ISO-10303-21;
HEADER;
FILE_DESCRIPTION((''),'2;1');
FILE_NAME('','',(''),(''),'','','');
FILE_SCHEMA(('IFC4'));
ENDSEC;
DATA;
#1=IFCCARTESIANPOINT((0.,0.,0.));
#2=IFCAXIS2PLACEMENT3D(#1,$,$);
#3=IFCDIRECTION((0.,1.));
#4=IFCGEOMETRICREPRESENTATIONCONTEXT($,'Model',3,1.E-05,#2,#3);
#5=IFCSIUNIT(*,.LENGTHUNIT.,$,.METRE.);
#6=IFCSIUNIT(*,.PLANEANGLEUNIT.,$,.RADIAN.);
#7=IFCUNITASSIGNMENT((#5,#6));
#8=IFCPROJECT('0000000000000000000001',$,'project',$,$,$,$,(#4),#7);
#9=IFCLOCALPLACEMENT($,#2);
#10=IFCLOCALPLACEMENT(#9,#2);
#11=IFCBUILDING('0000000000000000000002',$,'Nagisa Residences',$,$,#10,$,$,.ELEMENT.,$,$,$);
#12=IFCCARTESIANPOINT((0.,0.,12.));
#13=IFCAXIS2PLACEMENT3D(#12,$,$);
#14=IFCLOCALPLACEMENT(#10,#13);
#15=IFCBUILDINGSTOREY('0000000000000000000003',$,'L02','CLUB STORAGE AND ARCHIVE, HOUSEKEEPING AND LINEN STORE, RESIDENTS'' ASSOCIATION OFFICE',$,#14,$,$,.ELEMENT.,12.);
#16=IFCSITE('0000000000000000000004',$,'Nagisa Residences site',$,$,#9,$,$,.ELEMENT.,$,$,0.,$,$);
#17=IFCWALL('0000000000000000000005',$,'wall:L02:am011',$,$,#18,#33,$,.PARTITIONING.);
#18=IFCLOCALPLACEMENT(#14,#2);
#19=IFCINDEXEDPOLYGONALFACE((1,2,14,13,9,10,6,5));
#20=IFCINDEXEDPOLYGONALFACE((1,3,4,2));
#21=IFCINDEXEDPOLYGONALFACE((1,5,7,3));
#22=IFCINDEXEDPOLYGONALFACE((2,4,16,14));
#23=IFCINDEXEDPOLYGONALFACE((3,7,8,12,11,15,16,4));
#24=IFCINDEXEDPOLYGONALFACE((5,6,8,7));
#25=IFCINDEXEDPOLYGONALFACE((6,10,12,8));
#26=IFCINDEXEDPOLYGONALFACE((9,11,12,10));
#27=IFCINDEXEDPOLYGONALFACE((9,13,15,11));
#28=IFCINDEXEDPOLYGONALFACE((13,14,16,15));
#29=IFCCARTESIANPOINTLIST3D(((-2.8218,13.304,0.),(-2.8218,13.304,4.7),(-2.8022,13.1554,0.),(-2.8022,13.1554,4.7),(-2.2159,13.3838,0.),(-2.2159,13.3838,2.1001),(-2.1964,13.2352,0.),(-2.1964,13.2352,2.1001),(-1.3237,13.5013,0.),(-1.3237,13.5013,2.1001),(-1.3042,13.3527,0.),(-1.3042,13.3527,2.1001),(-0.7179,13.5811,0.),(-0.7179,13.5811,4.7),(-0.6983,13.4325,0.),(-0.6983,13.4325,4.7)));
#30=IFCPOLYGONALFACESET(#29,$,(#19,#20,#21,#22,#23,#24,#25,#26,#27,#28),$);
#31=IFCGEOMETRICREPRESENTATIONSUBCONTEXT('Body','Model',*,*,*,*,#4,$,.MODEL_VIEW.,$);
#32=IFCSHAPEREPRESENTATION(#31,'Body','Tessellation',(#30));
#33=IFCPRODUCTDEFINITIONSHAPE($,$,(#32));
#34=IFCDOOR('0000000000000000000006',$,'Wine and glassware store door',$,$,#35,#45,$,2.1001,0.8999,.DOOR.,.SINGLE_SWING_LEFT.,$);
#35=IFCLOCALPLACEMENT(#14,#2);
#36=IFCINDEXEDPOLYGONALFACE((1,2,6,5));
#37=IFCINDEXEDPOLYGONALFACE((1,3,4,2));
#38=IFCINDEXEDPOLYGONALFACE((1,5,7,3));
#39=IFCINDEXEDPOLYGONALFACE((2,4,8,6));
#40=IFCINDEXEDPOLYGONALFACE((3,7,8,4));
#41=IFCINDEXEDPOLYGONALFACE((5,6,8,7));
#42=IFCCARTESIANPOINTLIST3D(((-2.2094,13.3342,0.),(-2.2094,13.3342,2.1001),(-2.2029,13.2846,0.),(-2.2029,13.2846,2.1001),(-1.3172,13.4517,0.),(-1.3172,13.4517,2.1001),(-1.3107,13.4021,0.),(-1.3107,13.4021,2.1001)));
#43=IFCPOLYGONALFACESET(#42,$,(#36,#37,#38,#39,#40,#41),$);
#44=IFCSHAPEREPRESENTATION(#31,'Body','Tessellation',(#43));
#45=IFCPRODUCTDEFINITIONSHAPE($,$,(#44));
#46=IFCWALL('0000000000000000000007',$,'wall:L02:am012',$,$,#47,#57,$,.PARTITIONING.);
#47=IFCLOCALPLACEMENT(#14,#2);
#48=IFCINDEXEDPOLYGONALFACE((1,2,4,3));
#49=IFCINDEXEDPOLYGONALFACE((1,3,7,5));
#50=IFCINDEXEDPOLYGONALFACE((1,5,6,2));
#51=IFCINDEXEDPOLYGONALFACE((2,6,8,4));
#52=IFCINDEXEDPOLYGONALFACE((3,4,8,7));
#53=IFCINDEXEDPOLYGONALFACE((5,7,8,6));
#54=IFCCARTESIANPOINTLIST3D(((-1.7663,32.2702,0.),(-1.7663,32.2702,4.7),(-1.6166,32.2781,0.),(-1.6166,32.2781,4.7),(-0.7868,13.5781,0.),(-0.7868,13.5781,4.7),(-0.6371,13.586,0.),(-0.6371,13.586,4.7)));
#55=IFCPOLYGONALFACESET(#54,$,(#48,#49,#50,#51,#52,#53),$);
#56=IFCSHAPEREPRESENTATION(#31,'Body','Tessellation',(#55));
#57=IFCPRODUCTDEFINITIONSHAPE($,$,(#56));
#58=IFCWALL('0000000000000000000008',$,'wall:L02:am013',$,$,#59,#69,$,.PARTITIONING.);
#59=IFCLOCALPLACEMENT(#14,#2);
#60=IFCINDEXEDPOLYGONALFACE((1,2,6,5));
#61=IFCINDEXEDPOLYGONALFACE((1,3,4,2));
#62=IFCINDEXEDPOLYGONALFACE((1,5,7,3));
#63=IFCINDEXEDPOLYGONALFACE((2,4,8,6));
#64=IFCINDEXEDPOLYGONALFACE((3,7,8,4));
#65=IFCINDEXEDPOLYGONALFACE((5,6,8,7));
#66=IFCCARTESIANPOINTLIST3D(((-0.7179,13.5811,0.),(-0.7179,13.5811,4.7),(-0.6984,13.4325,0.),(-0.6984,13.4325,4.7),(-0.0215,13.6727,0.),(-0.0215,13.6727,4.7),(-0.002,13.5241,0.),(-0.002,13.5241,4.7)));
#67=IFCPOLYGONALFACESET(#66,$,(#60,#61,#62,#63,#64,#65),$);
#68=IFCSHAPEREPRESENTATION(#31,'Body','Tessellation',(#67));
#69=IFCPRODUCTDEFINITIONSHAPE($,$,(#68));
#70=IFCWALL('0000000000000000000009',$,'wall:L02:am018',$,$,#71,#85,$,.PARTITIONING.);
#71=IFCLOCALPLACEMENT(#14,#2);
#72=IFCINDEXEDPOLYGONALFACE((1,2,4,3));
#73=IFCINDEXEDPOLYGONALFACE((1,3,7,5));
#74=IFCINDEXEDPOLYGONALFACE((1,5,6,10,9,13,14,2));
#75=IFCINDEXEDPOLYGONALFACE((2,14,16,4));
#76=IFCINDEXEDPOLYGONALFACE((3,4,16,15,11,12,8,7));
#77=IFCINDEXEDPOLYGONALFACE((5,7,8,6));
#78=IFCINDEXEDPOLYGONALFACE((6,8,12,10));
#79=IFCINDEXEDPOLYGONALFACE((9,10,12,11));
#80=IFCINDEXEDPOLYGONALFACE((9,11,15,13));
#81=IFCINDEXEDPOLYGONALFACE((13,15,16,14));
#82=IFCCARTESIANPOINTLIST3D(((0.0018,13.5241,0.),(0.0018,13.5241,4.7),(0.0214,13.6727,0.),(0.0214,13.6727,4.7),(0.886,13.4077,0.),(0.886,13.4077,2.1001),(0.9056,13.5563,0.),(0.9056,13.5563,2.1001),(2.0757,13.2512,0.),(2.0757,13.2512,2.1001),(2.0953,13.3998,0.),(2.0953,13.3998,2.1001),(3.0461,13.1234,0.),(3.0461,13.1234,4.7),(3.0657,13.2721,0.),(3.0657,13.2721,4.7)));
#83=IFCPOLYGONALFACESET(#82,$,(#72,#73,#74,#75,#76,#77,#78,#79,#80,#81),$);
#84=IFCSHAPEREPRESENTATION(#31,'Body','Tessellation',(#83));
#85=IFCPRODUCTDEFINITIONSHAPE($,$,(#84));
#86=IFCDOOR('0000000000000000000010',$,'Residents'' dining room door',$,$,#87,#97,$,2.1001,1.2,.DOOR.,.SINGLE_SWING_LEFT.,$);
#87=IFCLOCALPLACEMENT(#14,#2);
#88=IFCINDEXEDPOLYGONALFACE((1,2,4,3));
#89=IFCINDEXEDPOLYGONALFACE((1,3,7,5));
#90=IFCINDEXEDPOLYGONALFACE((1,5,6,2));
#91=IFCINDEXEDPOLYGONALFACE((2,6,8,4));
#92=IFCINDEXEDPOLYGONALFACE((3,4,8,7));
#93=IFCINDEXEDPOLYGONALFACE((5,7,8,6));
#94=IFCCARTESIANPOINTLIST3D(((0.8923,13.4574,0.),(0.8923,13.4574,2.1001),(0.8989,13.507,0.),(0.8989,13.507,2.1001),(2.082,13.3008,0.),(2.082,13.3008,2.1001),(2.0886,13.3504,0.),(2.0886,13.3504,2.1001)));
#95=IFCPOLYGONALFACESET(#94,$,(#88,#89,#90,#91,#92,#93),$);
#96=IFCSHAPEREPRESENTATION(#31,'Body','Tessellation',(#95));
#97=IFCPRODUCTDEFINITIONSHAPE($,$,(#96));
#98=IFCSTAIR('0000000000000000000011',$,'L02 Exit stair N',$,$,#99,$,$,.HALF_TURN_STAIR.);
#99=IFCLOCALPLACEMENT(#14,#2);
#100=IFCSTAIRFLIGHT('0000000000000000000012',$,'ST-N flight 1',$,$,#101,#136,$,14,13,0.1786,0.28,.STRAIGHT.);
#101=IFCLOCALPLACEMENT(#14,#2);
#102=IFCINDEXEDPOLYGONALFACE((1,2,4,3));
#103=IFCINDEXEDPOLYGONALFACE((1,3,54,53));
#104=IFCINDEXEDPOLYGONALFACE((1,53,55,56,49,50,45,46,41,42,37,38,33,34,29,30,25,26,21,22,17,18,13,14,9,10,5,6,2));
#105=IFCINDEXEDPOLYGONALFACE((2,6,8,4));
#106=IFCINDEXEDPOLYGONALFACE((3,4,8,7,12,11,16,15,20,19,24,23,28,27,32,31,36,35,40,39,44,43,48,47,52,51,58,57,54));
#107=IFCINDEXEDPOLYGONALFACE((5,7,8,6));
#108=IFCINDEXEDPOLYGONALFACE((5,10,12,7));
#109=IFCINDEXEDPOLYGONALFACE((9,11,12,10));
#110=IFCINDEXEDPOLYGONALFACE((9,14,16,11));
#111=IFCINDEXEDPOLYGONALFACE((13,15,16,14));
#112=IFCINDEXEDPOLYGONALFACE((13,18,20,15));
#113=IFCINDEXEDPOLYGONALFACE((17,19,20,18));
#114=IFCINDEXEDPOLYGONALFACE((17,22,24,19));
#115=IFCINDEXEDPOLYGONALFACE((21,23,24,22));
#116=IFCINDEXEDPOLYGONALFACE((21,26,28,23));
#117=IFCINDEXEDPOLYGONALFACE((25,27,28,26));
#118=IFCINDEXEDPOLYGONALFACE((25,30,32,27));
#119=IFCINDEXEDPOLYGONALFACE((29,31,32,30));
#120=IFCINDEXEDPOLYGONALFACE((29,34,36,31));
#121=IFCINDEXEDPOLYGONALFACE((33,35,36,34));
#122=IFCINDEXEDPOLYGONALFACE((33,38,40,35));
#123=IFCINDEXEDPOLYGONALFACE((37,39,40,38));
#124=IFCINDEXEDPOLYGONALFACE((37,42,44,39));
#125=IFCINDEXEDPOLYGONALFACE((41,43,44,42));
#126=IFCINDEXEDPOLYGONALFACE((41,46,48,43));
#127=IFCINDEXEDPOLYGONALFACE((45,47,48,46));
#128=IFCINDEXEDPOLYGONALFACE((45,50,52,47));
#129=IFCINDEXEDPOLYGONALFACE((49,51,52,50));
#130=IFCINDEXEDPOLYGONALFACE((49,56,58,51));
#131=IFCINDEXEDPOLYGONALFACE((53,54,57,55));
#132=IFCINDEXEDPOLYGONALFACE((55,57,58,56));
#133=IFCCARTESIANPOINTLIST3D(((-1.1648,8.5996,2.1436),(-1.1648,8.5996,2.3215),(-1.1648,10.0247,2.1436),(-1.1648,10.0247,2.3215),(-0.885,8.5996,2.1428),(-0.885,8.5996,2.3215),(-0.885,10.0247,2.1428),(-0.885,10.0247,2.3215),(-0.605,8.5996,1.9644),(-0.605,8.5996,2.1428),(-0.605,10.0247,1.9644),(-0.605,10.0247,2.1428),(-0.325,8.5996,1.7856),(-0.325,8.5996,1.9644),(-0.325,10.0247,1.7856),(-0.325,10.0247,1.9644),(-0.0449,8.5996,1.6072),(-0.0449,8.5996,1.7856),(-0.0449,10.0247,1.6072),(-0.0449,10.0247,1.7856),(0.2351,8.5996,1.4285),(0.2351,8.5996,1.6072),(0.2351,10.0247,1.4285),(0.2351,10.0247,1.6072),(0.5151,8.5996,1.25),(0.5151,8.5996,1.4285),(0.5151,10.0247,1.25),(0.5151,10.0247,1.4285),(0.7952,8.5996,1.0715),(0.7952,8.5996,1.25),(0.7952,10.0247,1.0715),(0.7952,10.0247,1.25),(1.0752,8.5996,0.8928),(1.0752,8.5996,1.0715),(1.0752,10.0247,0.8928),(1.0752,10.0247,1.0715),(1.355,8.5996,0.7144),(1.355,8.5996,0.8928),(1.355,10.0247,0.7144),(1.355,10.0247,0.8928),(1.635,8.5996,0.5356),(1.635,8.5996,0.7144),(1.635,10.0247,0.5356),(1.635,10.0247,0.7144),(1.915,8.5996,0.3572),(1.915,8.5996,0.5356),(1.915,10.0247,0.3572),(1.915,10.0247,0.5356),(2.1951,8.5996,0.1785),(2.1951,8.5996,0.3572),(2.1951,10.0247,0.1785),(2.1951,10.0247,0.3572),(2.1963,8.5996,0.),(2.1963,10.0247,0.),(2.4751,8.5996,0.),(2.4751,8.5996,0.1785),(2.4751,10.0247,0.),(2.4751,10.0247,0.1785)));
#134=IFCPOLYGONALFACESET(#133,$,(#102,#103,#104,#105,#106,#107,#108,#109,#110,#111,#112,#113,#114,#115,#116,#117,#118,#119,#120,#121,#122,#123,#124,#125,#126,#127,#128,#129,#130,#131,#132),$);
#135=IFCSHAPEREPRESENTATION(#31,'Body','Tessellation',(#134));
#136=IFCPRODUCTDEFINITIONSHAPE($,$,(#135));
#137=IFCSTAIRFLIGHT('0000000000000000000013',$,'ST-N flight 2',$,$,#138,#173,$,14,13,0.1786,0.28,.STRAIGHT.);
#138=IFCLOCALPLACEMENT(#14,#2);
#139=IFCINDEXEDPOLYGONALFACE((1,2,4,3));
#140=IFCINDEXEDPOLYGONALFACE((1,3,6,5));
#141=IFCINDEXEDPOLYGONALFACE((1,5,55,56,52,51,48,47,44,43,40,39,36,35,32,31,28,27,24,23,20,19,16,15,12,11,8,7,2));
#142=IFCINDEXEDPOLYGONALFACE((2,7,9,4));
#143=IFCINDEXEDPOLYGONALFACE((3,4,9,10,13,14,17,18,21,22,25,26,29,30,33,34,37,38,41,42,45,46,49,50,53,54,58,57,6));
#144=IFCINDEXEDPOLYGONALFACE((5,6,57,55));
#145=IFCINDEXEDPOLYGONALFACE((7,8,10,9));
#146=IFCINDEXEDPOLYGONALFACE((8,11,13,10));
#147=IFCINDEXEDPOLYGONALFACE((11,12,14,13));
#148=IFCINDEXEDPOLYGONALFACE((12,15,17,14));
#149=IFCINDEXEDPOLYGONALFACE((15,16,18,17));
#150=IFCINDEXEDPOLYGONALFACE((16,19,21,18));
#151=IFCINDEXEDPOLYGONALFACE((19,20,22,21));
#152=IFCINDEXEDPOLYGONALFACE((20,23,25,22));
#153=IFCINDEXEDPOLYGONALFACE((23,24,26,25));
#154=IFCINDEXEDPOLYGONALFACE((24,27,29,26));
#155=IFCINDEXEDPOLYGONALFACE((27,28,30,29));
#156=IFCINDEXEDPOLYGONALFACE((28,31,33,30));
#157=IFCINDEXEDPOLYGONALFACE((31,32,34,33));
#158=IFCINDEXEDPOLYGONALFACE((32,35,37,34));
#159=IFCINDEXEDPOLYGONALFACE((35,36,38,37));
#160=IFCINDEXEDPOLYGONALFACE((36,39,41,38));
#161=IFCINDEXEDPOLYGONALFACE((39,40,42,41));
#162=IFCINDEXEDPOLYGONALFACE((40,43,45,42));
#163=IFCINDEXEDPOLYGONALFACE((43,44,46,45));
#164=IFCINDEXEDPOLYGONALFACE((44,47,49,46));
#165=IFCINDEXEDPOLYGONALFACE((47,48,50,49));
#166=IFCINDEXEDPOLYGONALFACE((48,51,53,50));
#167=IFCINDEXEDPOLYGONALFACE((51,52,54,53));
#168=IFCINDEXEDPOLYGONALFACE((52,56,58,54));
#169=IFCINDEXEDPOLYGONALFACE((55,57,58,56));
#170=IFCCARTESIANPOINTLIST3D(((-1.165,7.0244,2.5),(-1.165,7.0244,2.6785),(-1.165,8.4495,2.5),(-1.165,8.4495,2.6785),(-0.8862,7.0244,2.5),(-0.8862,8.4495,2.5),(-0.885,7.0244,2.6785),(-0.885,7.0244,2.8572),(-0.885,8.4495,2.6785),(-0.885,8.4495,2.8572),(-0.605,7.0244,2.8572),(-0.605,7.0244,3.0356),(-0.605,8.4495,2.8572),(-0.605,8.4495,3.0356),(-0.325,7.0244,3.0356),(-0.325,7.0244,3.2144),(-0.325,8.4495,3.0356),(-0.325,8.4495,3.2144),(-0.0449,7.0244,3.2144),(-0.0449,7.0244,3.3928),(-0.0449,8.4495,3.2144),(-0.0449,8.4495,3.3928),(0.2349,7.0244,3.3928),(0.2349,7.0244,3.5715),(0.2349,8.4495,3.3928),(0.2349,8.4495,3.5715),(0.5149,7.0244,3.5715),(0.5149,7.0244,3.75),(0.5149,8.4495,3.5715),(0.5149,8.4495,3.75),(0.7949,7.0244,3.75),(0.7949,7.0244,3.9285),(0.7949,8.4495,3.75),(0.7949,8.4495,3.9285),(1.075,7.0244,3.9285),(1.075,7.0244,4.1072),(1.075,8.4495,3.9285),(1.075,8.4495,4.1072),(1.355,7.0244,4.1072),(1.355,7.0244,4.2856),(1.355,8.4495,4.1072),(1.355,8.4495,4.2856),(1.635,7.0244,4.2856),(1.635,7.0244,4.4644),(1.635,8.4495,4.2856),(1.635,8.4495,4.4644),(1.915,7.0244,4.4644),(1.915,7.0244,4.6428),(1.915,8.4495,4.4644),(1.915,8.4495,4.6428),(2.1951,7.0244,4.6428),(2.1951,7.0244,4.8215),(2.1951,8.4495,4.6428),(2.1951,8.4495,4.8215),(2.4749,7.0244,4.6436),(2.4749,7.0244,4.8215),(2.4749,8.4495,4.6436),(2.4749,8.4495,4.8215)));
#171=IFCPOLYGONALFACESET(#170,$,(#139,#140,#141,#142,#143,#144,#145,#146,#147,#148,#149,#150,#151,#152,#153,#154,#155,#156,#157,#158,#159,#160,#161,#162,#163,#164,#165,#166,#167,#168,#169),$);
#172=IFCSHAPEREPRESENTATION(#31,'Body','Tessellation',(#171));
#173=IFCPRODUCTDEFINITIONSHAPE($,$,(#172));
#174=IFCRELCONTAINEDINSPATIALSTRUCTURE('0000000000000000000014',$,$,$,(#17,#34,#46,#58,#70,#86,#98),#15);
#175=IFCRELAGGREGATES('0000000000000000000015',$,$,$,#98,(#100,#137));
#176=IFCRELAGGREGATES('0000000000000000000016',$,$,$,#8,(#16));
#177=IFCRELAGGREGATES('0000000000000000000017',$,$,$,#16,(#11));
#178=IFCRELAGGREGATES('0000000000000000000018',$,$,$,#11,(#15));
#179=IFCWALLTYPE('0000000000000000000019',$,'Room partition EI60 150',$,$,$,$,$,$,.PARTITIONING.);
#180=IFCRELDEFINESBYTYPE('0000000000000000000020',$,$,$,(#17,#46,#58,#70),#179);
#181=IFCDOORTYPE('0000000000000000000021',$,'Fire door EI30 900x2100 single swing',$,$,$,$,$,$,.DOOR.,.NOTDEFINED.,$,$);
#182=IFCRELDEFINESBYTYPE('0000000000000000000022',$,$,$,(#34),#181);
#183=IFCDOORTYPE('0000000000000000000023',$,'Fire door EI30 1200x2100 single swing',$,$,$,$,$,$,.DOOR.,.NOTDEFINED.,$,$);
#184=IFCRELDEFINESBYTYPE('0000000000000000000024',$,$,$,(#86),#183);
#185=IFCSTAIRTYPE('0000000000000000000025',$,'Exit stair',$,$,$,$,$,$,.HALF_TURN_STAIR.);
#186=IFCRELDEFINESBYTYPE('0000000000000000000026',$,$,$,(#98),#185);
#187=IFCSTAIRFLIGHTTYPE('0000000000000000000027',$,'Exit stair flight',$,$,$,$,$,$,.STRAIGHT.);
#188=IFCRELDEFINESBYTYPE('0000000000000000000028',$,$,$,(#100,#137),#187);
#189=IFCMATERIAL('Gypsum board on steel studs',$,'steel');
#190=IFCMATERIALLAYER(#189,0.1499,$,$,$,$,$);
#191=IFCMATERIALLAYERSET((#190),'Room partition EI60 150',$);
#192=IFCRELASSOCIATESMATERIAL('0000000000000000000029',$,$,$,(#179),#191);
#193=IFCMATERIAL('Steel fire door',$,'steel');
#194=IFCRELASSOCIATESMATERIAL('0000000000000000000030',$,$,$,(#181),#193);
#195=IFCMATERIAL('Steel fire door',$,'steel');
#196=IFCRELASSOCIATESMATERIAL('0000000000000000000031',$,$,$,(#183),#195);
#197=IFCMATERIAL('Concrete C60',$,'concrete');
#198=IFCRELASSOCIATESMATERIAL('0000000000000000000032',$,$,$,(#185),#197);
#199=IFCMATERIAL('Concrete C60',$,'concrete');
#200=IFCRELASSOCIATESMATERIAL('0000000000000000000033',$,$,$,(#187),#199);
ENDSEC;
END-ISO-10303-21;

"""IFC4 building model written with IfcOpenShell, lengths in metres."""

from ifc_helpers import new_model, si_unit, direction, frame, frame_2d, origin, place, context, subcontext, project, spatial, polyline, rectangle, outline, extrude, material, layer, layer_set, type_object, element, fill, aggregate, save


model = new_model("IFC4")

# Units and contexts
model_context = context("Model", 3, precision=1e-05, world=origin(), true_north=direction((0.0, 1.0)))
body_context = subcontext(model_context, "Body", "Model", "MODEL_VIEW")
ifc_project = project(units=[si_unit("LENGTHUNIT", "METRE"), si_unit("PLANEANGLEUNIT", "RADIAN")], contexts=[model_context])

# Site, building, storey
site_placement = place(None, origin())
site = spatial("IfcSite", under=ifc_project, at=site_placement, Name="Nagisa Residences site", CompositionType="ELEMENT", RefElevation=0.0)
building_placement = place(site_placement, origin())
building = spatial("IfcBuilding", under=site, at=building_placement, Name="Nagisa Residences", CompositionType="ELEMENT")
storey_placement = place(building_placement, frame((0.0, 0.0, 12.0)))
storey = spatial("IfcBuildingStorey", under=building, at=storey_placement, Name="L02", Description="CLUB STORAGE AND ARCHIVE, HOUSEKEEPING AND LINEN STORE, RESIDENTS' ASSOCIATION OFFICE", CompositionType="ELEMENT", Elevation=12.0)

# Shared definitions
ifc_material_1 = material(Name="Gypsum board on steel studs", Category="steel")
ifc_layer_1 = layer(ifc_material_1, 0.1499)
ifc_layer_set_1 = layer_set([ifc_layer_1], Name="Room partition EI60 150")
wall_type_1 = type_object("IfcWallType", Name="Room partition EI60 150", PredefinedType="PARTITIONING", material=ifc_layer_set_1)

# Wall, opening, door
wall_1_placement = place(storey_placement, frame((-2.812, 13.2297, 0.0), z_axis=(0.0, 0.0, 1.0), x_axis=(0.991439, 0.130574, 0.0)))
wall_1 = element("IfcWall", 1, at=wall_1_placement, inside=storey, type_object=wall_type_1, Name="wall:L02:am011", PredefinedType="PARTITIONING", context=body_context, shape_type="SweptSolid", body=[
    extrude(rectangle(XDim=2.1221, YDim=0.1499, at=frame_2d((1.061, 0.0))), origin(), (0.0, 0.0, 1.0), 4.7),
])
opening_1_placement = place(wall_1_placement, frame((0.6111, 0.0, 0.0)))
opening_1 = element("IfcOpeningElement", 2, at=opening_1_placement, cuts=wall_1, PredefinedType="OPENING", context=body_context, shape_type="SweptSolid", body=[
    extrude(rectangle(XDim=0.8999, YDim=2.1001, at=frame_2d((0.45, 1.05))), frame((0.0, 0.085, 0.0), z_axis=(0.0, -1.0, 0.0), x_axis=(1.0, 0.0, 0.0)), (0.0, 0.0, 1.0), 0.1699),
])
ifc_material_2 = material(Name="Steel fire door", Category="steel")
door_type_1 = type_object("IfcDoorType", Name="Fire door EI30 900x2100 single swing", OperationType="NOTDEFINED", PredefinedType="DOOR", material=ifc_material_2)
door_1_placement = place(opening_1_placement, origin())
door_1 = element("IfcDoor", 3, at=door_1_placement, inside=storey, type_object=door_type_1, Name="Wine and glassware store door", OperationType="SINGLE_SWING_LEFT", OverallHeight=2.1001, OverallWidth=0.8999, PredefinedType="DOOR", context=body_context, shape_type="SweptSolid", body=[
    extrude(rectangle(XDim=0.8999, YDim=2.1001, at=frame_2d((0.45, 1.05))), frame((0.0, 0.0249, 0.0), z_axis=(0.0, -1.0, 0.0), x_axis=(1.0, 0.0, 0.0)), (0.0, 0.0, 1.0), 0.05),
])
fill(opening_1, door_1)

# Walls
wall_2_placement = place(storey_placement, frame((-0.7119, 13.582, 0.0), z_axis=(0.0, 0.0, 1.0), x_axis=(-0.052329, 0.99863, 0.0)))
element("IfcWall", 4, at=wall_2_placement, inside=storey, type_object=wall_type_1, Name="wall:L02:am012", PredefinedType="PARTITIONING", context=body_context, shape_type="SweptSolid", body=[
    extrude(rectangle(XDim=18.7178, YDim=0.1499, at=frame_2d((9.3589, 0.0))), origin(), (0.0, 0.0, 1.0), 4.7),
])
wall_3_placement = place(storey_placement, frame((-0.708, 13.5068, 0.0), z_axis=(0.0, 0.0, 1.0), x_axis=(0.991466, 0.130365, 0.0)))
element("IfcWall", 5, at=wall_3_placement, inside=storey, type_object=wall_type_1, Name="wall:L02:am013", PredefinedType="PARTITIONING", context=body_context, shape_type="SweptSolid", body=[
    extrude(rectangle(XDim=0.7024, YDim=0.1499, at=frame_2d((0.3511, 0.0))), origin(), (0.0, 0.0, 1.0), 4.7),
])

# Wall, opening, door
wall_4_placement = place(storey_placement, frame((0.0117, 13.5984, 0.0), z_axis=(0.0, 0.0, 1.0), x_axis=(0.991451, -0.130481, 0.0)))
wall_4 = element("IfcWall", 6, at=wall_4_placement, inside=storey, type_object=wall_type_1, Name="wall:L02:am018", PredefinedType="PARTITIONING", context=body_context, shape_type="SweptSolid", body=[
    extrude(rectangle(XDim=3.0706, YDim=0.1499, at=frame_2d((1.5352, 0.0))), origin(), (0.0, 0.0, 1.0), 4.7),
])
opening_2_placement = place(wall_4_placement, frame((0.8916, 0.0, 0.0)))
opening_2 = element("IfcOpeningElement", 7, at=opening_2_placement, cuts=wall_4, PredefinedType="OPENING", context=body_context, shape_type="SweptSolid", body=[
    extrude(rectangle(XDim=1.2, YDim=2.1001, at=frame_2d((0.6001, 1.05))), frame((0.0, 0.085, 0.0), z_axis=(0.0, -1.0, 0.0), x_axis=(1.0, 0.0, 0.0)), (0.0, 0.0, 1.0), 0.1699),
])
ifc_material_3 = material(Name="Steel fire door", Category="steel")
door_type_2 = type_object("IfcDoorType", Name="Fire door EI30 1200x2100 single swing", OperationType="NOTDEFINED", PredefinedType="DOOR", material=ifc_material_3)
door_2_placement = place(opening_2_placement, frame((1.2, 0.0, 0.0), x_axis=(-1.0, 0.0, 0.0)))
door_2 = element("IfcDoor", 8, at=door_2_placement, inside=storey, type_object=door_type_2, Name="Residents' dining room door", OperationType="SINGLE_SWING_LEFT", OverallHeight=2.1001, OverallWidth=1.2, PredefinedType="DOOR", context=body_context, shape_type="SweptSolid", body=[
    extrude(rectangle(XDim=1.2, YDim=2.1001, at=frame_2d((0.6001, 1.05))), frame((0.0, 0.0249, 0.0), z_axis=(0.0, -1.0, 0.0), x_axis=(1.0, 0.0, 0.0)), (0.0, 0.0, 1.0), 0.05),
])
fill(opening_2, door_2)

# Stair, stair flights
ifc_material_4 = material(Name="Concrete C60", Category="concrete")
stair_type = type_object("IfcStairType", Name="Exit stair", PredefinedType="HALF_TURN_STAIR", material=ifc_material_4)
stair_placement = place(storey_placement, origin())
stair = element("IfcStair", 9, at=stair_placement, inside=storey, type_object=stair_type, Name="L02 Exit stair N", PredefinedType="HALF_TURN_STAIR")
ifc_material_5 = material(Name="Concrete C60", Category="concrete")
stair_flight_type = type_object("IfcStairFlightType", Name="Exit stair flight", PredefinedType="STRAIGHT", material=ifc_material_5)
stair_flight_1_placement = place(storey_placement, frame((2.4751, 9.312, 0.0), z_axis=(0.0, 0.0, 1.0), x_axis=(-1.0, 0.0, 0.0)))
stair_flight_1 = element("IfcStairFlight", 10, at=stair_flight_1_placement, type_object=stair_flight_type, Name="ST-N flight 1", NumberOfRisers=14, NumberOfTreads=13, PredefinedType="STRAIGHT", RiserHeight=0.1786, TreadLength=0.28, context=body_context, shape_type="SweptSolid", body=[
    extrude(outline(polyline([(0.0, 0.0), (0.0, 0.1785), (0.28, 0.1785), (0.28, 0.3572), (0.5601, 0.3572), (0.5601, 0.5356), (0.8401, 0.5356), (0.8401, 0.7144), (1.1201, 0.7144), (1.1201, 0.8928), (1.3999, 0.8928), (1.3999, 1.0715), (1.6799, 1.0715), (1.6799, 1.25), (1.96, 1.25), (1.96, 1.4285), (2.24, 1.4285), (2.24, 1.6072), (2.52, 1.6072), (2.52, 1.7856), (2.8, 1.7856), (2.8, 1.9644), (3.0801, 1.9644), (3.0801, 2.1428), (3.3601, 2.1428), (3.3601, 2.3215), (3.6399, 2.3215), (3.6399, 2.5), (3.6399, 2.1436), (0.2788, 0.0), (0.0, 0.0)])), frame((0.0, 0.7124, 0.0), z_axis=(0.0, -1.0, 0.0), x_axis=(1.0, 0.0, 0.0)), (0.0, 0.0, 1.0), 1.425),
])
stair_flight_2_placement = place(storey_placement, frame((-1.165, 7.7371, 2.5), z_axis=(0.0, 0.0, 1.0), x_axis=(1.0, 0.0, 0.0)))
stair_flight_2 = element("IfcStairFlight", 11, at=stair_flight_2_placement, type_object=stair_flight_type, Name="ST-N flight 2", NumberOfRisers=14, NumberOfTreads=13, PredefinedType="STRAIGHT", RiserHeight=0.1786, TreadLength=0.28, context=body_context, shape_type="SweptSolid", body=[
    extrude(outline(polyline([(0.0, 0.0), (0.0, 0.1785), (0.28, 0.1785), (0.28, 0.3572), (0.5601, 0.3572), (0.5601, 0.5356), (0.8401, 0.5356), (0.8401, 0.7144), (1.1201, 0.7144), (1.1201, 0.8928), (1.3999, 0.8928), (1.3999, 1.0715), (1.6799, 1.0715), (1.6799, 1.25), (1.96, 1.25), (1.96, 1.4285), (2.24, 1.4285), (2.24, 1.6072), (2.52, 1.6072), (2.52, 1.7856), (2.8, 1.7856), (2.8, 1.9644), (3.0801, 1.9644), (3.0801, 2.1428), (3.3601, 2.1428), (3.3601, 2.3215), (3.6399, 2.3215), (3.6399, 2.5), (3.6399, 2.1436), (0.2788, 0.0), (0.0, 0.0)])), frame((0.0, 0.7124, 0.0), z_axis=(0.0, -1.0, 0.0), x_axis=(1.0, 0.0, 0.0)), (0.0, 0.0, 1.0), 1.425),
])
aggregate(stair, [stair_flight_1, stair_flight_2])

save(model, "model.ifc")
